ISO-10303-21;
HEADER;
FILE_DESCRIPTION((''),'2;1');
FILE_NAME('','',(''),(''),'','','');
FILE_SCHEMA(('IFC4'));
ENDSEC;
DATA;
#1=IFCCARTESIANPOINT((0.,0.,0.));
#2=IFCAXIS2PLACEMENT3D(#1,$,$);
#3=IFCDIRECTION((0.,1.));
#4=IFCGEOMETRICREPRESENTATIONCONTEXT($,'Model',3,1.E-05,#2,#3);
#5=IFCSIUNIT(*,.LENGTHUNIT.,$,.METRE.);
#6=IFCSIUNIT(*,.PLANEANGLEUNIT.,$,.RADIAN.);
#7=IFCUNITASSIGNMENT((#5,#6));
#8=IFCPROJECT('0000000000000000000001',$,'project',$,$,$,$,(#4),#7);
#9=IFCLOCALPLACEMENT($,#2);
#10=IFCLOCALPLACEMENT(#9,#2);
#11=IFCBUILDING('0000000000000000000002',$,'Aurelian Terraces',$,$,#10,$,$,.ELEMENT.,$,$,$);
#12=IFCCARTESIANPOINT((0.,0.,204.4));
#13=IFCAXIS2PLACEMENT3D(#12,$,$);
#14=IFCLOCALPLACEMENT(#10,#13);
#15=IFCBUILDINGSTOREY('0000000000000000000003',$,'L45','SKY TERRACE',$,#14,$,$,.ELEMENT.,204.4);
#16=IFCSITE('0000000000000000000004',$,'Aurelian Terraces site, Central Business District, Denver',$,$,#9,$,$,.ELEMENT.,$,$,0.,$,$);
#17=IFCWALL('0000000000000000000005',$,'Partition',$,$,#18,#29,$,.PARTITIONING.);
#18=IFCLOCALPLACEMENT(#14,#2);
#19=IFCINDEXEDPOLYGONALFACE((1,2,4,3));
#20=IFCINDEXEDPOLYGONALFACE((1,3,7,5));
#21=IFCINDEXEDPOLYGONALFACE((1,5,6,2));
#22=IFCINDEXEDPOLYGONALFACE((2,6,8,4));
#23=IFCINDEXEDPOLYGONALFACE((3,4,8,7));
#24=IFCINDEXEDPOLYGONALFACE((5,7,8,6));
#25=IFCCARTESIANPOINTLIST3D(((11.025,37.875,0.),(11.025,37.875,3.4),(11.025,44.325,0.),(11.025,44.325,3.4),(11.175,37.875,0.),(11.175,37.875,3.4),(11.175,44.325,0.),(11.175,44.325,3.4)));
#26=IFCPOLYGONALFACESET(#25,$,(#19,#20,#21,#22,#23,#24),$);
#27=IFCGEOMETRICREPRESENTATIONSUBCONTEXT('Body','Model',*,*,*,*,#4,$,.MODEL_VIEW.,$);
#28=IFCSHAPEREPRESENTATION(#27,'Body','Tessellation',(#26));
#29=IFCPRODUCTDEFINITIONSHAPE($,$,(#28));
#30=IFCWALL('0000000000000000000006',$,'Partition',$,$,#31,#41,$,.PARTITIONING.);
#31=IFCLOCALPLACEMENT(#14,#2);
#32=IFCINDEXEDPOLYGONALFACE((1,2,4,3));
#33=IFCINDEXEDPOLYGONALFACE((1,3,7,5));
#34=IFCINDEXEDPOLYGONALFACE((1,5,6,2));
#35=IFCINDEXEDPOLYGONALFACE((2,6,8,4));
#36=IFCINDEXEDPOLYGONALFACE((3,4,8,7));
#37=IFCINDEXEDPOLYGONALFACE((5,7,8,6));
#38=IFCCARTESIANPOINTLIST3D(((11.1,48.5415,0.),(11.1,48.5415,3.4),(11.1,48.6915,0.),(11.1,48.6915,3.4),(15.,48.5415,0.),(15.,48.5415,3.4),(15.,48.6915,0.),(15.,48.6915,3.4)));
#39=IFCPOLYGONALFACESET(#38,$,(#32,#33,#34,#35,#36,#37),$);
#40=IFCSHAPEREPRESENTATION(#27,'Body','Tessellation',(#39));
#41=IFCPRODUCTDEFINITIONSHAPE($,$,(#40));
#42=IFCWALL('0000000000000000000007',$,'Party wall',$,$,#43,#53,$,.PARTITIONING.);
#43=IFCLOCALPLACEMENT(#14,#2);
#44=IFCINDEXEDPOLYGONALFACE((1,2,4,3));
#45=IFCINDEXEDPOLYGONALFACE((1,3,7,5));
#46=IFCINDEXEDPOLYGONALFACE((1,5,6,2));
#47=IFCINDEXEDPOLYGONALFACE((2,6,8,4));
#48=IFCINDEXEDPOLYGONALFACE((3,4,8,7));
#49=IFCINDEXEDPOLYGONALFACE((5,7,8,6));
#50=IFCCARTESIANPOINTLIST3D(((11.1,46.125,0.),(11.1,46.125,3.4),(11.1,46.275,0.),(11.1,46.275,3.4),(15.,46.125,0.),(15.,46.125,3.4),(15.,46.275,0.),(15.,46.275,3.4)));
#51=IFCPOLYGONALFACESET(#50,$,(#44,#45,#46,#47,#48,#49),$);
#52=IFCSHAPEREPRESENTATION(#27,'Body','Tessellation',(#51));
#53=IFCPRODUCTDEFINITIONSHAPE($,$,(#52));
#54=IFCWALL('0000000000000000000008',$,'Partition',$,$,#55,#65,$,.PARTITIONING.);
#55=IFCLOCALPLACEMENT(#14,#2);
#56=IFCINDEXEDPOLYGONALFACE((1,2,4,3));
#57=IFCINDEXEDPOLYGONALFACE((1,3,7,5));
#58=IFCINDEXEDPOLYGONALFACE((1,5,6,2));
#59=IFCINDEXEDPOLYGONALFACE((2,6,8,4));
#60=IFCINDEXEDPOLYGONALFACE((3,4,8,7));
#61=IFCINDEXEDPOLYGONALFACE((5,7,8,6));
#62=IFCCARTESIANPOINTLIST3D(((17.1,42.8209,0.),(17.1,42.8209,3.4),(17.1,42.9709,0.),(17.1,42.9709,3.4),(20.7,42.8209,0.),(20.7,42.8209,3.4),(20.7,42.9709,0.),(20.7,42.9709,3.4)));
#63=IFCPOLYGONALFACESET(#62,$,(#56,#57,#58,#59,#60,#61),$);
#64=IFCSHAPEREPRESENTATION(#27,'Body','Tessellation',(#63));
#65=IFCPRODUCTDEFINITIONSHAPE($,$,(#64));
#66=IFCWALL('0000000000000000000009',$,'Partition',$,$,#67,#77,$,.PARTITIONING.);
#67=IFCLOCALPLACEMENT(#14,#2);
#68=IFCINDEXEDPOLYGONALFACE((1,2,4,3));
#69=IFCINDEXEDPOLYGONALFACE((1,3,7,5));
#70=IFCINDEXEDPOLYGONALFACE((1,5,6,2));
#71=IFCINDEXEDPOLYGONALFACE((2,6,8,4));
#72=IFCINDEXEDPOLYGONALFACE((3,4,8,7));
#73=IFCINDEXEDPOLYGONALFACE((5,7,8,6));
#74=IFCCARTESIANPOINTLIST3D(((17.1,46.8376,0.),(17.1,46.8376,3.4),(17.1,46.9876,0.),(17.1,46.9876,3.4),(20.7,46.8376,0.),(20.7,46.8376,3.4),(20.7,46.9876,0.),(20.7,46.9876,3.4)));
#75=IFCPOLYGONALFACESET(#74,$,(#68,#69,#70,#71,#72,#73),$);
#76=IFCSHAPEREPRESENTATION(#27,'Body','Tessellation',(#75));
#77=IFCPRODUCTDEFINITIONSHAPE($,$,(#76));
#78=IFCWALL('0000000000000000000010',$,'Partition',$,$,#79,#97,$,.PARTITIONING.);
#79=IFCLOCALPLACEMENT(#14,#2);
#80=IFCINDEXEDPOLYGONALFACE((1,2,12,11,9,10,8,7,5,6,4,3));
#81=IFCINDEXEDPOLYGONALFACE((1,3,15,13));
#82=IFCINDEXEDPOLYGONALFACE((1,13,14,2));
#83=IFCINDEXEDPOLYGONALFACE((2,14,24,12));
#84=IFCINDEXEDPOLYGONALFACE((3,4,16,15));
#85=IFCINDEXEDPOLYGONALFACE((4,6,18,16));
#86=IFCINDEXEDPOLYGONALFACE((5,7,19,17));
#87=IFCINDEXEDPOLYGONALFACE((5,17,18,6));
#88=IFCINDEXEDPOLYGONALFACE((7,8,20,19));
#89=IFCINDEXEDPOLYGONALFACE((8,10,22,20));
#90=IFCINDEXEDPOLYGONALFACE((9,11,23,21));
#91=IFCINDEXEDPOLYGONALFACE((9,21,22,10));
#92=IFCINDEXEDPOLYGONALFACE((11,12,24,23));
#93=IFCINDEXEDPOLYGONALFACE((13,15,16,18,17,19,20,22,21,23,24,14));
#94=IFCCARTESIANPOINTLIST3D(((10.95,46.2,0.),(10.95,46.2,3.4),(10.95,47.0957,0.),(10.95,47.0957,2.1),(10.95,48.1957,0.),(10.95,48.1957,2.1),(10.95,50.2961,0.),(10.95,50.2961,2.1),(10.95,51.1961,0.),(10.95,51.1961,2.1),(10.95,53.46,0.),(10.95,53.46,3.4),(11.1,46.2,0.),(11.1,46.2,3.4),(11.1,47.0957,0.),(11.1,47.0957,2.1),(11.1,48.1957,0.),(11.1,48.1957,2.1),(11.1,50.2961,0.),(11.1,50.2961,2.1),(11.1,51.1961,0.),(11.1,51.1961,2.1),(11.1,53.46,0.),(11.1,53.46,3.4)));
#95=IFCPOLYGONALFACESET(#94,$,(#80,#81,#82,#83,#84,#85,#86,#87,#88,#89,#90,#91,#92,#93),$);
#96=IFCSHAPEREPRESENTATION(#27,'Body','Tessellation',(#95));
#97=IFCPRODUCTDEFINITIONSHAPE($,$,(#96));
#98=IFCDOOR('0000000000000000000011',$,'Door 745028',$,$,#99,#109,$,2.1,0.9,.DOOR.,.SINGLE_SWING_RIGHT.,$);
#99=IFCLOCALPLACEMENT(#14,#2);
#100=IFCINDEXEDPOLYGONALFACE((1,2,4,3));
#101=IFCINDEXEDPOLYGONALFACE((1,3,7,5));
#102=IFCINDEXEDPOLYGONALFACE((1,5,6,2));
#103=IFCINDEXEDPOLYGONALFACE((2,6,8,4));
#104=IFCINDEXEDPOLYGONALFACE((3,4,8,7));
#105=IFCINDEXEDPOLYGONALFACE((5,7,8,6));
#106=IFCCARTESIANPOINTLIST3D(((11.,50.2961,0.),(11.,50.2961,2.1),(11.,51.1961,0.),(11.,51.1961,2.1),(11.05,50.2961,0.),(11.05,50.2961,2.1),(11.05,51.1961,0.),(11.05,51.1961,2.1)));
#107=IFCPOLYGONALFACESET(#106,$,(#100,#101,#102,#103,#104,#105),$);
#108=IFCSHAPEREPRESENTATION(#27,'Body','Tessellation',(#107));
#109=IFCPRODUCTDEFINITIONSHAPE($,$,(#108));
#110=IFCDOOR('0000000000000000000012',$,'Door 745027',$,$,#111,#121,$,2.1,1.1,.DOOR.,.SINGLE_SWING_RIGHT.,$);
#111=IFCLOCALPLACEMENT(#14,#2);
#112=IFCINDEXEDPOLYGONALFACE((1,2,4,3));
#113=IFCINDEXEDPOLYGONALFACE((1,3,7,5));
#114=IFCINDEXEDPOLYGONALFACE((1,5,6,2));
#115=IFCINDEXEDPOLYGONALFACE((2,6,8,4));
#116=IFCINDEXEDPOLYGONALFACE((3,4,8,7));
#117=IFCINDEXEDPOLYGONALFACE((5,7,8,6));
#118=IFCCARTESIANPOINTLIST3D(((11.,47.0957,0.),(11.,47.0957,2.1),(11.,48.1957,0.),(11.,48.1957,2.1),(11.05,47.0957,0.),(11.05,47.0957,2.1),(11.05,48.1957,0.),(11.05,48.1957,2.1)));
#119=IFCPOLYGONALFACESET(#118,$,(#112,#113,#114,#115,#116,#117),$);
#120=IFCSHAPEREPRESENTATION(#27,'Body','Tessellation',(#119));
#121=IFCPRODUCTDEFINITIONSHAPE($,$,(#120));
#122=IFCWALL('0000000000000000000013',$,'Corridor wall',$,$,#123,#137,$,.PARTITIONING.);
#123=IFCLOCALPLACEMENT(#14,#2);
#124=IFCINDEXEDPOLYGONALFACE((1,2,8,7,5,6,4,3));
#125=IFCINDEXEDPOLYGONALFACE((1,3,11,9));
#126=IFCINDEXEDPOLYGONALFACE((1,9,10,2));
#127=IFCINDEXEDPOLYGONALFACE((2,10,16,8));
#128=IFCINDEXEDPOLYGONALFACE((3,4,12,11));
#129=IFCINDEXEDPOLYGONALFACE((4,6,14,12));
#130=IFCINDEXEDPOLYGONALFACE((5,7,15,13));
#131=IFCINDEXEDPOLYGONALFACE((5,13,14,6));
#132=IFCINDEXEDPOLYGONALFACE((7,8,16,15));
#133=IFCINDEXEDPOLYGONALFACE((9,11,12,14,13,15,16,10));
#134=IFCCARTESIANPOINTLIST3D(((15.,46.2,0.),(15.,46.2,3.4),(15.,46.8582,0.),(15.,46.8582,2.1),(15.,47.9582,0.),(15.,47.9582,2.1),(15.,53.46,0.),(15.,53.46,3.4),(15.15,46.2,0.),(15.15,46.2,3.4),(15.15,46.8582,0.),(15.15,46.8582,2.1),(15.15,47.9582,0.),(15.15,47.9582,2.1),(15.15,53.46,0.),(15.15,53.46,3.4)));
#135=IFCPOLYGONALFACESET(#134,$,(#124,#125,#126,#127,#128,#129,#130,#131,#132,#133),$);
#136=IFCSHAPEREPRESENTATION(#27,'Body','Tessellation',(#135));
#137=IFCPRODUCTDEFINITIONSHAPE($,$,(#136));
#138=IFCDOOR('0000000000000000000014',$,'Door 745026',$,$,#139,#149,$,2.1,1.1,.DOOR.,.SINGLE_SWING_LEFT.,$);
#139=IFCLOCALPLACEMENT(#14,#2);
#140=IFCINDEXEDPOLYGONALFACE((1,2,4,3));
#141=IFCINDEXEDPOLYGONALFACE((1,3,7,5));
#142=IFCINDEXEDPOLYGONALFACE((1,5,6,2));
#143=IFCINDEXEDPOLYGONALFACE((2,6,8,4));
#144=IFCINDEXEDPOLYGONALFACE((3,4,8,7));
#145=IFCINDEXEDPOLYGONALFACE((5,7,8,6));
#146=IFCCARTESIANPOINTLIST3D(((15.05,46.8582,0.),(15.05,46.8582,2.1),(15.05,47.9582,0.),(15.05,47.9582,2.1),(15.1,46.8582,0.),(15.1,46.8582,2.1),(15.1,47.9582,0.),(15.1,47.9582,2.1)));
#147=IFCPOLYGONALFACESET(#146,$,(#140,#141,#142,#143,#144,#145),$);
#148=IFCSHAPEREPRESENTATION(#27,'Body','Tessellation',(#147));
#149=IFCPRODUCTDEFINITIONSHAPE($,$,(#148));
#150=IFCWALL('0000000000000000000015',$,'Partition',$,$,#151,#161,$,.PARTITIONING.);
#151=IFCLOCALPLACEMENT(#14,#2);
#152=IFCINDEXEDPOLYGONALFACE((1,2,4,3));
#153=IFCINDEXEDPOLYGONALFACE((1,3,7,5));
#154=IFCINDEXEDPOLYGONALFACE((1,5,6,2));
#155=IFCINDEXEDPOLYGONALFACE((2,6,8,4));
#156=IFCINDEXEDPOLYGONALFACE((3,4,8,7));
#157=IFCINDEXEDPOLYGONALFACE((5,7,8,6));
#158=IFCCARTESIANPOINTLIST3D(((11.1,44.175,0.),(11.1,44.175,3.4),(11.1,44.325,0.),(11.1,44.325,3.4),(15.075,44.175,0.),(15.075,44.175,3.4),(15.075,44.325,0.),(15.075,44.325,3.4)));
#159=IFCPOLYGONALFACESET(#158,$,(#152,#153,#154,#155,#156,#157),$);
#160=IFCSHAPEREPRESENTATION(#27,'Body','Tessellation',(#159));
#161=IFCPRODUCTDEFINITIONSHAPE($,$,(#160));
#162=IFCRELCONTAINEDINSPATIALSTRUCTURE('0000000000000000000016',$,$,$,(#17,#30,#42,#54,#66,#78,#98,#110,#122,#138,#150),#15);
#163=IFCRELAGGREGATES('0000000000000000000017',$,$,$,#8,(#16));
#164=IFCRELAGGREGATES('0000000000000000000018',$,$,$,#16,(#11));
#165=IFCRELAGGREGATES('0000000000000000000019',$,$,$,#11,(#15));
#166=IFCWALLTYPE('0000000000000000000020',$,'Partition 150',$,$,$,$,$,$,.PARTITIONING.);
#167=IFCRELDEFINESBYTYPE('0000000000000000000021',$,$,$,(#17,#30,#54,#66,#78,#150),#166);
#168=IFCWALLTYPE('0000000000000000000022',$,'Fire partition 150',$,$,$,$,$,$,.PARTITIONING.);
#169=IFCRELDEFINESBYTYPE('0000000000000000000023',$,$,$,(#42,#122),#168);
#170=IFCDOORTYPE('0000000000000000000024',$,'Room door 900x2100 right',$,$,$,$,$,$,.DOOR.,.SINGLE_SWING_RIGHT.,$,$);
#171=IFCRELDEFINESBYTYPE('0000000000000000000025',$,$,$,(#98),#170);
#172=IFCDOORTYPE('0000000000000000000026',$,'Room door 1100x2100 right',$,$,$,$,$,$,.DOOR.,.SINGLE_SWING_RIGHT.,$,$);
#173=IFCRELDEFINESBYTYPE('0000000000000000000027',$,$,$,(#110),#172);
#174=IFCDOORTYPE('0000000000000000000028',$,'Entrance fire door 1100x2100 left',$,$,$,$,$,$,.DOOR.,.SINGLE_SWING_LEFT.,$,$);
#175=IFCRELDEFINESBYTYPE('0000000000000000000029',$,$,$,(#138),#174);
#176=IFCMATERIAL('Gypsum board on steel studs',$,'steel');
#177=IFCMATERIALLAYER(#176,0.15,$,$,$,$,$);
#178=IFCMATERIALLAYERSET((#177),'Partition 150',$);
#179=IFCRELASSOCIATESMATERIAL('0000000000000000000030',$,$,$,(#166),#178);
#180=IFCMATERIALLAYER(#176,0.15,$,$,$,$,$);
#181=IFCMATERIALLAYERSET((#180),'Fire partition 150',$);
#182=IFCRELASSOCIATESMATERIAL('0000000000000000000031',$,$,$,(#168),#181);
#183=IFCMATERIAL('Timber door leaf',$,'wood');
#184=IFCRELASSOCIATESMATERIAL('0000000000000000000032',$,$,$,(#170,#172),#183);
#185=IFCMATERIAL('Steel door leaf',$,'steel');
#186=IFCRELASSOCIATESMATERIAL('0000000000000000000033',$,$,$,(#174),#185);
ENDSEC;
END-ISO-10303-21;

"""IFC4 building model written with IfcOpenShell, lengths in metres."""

from ifc_helpers import new_model, si_unit, direction, frame, frame_2d, origin, place, context, subcontext, project, spatial, rectangle, extrude, source, transform, mapped, material, layer, layer_set, type_object, element, fill, save


model = new_model("IFC4")

# Units and contexts
model_context = context("Model", 3, precision=1e-05, world=origin(), true_north=direction((0.0, 1.0)))
body_context = subcontext(model_context, "Body", "Model", "MODEL_VIEW")
ifc_project = project(units=[si_unit("LENGTHUNIT", "METRE"), si_unit("PLANEANGLEUNIT", "RADIAN")], contexts=[model_context])

# Site, building, storey
site_placement = place(None, origin())
site = spatial("IfcSite", under=ifc_project, at=site_placement, Name="Aurelian Terraces site, Central Business District, Denver", CompositionType="ELEMENT", RefElevation=0.0)
building_placement = place(site_placement, origin())
building = spatial("IfcBuilding", under=site, at=building_placement, Name="Aurelian Terraces", CompositionType="ELEMENT")
storey_placement = place(building_placement, frame((0.0, 0.0, 204.4)))
storey = spatial("IfcBuildingStorey", under=building, at=storey_placement, Name="L45", Description="SKY TERRACE", CompositionType="ELEMENT", Elevation=204.4)

# Walls
ifc_material_1 = material(Name="Gypsum board on steel studs", Category="steel")
ifc_layer_1 = layer(ifc_material_1, 0.15)
ifc_layer_set_1 = layer_set([ifc_layer_1], Name="Partition 150")
wall_type_1 = type_object("IfcWallType", Name="Partition 150", PredefinedType="PARTITIONING", material=ifc_layer_set_1)
shared_shape_1 = source(origin(), body_context, "Body", "SweptSolid", [
    extrude(rectangle(XDim=6.45, YDim=0.15, at=frame_2d((3.225, 0.0))), origin(), (0.0, 0.0, 1.0), 3.4),
])
wall_1_placement = place(storey_placement, frame((11.1, 44.325, 0.0), z_axis=(0.0, 0.0, 1.0), x_axis=(0.0, -1.0, 0.0)))
element("IfcWall", 1, at=wall_1_placement, inside=storey, type_object=wall_type_1, Name="Partition", PredefinedType="PARTITIONING", context=body_context, shape_type="MappedRepresentation", body=[
    mapped(shared_shape_1, transform((0.0, 0.0, 0.0), scale=1.0)),
])
shared_shape_2 = source(origin(), body_context, "Body", "SweptSolid", [
    extrude(rectangle(XDim=3.9, YDim=0.15, at=frame_2d((1.95, 0.0))), origin(), (0.0, 0.0, 1.0), 3.4),
])
wall_2_placement = place(storey_placement, frame((15.0, 48.6165, 0.0), z_axis=(0.0, 0.0, 1.0), x_axis=(-1.0, 0.0, 0.0)))
element("IfcWall", 2, at=wall_2_placement, inside=storey, type_object=wall_type_1, Name="Partition", PredefinedType="PARTITIONING", context=body_context, shape_type="MappedRepresentation", body=[
    mapped(shared_shape_2, transform((0.0, 0.0, 0.0), scale=1.0)),
])
ifc_layer_2 = layer(ifc_material_1, 0.15)
ifc_layer_set_2 = layer_set([ifc_layer_2], Name="Fire partition 150")
wall_type_2 = type_object("IfcWallType", Name="Fire partition 150", PredefinedType="PARTITIONING", material=ifc_layer_set_2)
wall_3_placement = place(storey_placement, frame((15.0, 46.2, 0.0), z_axis=(0.0, 0.0, 1.0), x_axis=(-1.0, 0.0, 0.0)))
element("IfcWall", 3, at=wall_3_placement, inside=storey, type_object=wall_type_2, Name="Party wall", PredefinedType="PARTITIONING", context=body_context, shape_type="MappedRepresentation", body=[
    mapped(shared_shape_2, transform((0.0, 0.0, 0.0), scale=1.0)),
])
shared_shape_3 = source(origin(), body_context, "Body", "SweptSolid", [
    extrude(rectangle(XDim=3.6, YDim=0.15, at=frame_2d((1.8, 0.0))), origin(), (0.0, 0.0, 1.0), 3.4),
])
for number, where, z_axis, x_axis, name in (
    (4, (17.1, 42.8959, 0.0), (0.0, 0.0, 1.0), (1.0, 0.0, 0.0), "Partition"),
    (5, (17.1, 46.9126, 0.0), (0.0, 0.0, 1.0), (1.0, 0.0, 0.0), "Partition"),
):
    element("IfcWall", number, at=place(storey_placement, frame(where, z_axis=z_axis, x_axis=x_axis)), inside=storey, type_object=wall_type_1, Name=name, PredefinedType="PARTITIONING", context=body_context, shape_type="MappedRepresentation", body=[
        mapped(shared_shape_3, transform((0.0, 0.0, 0.0), scale=1.0)),
    ])

# Wall, openings, doors
shared_shape_4 = source(origin(), body_context, "Body", "SweptSolid", [
    extrude(rectangle(XDim=7.26, YDim=0.15, at=frame_2d((3.63, 0.0))), origin(), (0.0, 0.0, 1.0), 3.4),
])
wall_4_placement = place(storey_placement, frame((11.025, 46.2, 0.0), z_axis=(0.0, 0.0, 1.0), x_axis=(0.0, 1.0, 0.0)))
wall_4 = element("IfcWall", 6, at=wall_4_placement, inside=storey, type_object=wall_type_1, Name="Partition", PredefinedType="PARTITIONING", context=body_context, shape_type="MappedRepresentation", body=[
    mapped(shared_shape_4, transform((0.0, 0.0, 0.0), scale=1.0)),
])
shared_shape_5 = source(origin(), body_context, "Body", "SweptSolid", [
    extrude(rectangle(XDim=1.1, YDim=2.1, at=frame_2d((0.55, 1.05))), frame((0.0, 0.085, 0.0), z_axis=(0.0, -1.0, 0.0), x_axis=(1.0, 0.0, 0.0)), (0.0, 0.0, 1.0), 0.17),
])
opening_1_placement = place(wall_4_placement, frame((0.8957, 0.0, 0.0)))
opening_1 = element("IfcOpeningElement", 7, at=opening_1_placement, cuts=wall_4, PredefinedType="OPENING", context=body_context, shape_type="MappedRepresentation", body=[
    mapped(shared_shape_5, transform((0.0, 0.0, 0.0), scale=1.0)),
])
shared_shape_6 = source(origin(), body_context, "Body", "SweptSolid", [
    extrude(rectangle(XDim=0.9, YDim=2.1, at=frame_2d((0.45, 1.05))), frame((0.0, 0.085, 0.0), z_axis=(0.0, -1.0, 0.0), x_axis=(1.0, 0.0, 0.0)), (0.0, 0.0, 1.0), 0.17),
])
opening_2_placement = place(wall_4_placement, frame((4.0961, 0.0, 0.0)))
opening_2 = element("IfcOpeningElement", 8, at=opening_2_placement, cuts=wall_4, PredefinedType="OPENING", context=body_context, shape_type="MappedRepresentation", body=[
    mapped(shared_shape_6, transform((0.0, 0.0, 0.0), scale=1.0)),
])
ifc_material_2 = material(Name="Timber door leaf", Category="wood")
door_type_1 = type_object("IfcDoorType", Name="Room door 900x2100 right", OperationType="SINGLE_SWING_RIGHT", PredefinedType="DOOR", material=ifc_material_2)
shared_shape_7 = source(origin(), body_context, "Body", "SweptSolid", [
    extrude(rectangle(XDim=0.9, YDim=2.1, at=frame_2d((0.45, 1.05))), frame((0.0, 0.025, 0.0), z_axis=(0.0, -1.0, 0.0), x_axis=(1.0, 0.0, 0.0)), (0.0, 0.0, 1.0), 0.05),
])
door_1_placement = place(opening_2_placement, origin())
door_1 = element("IfcDoor", 9, at=door_1_placement, inside=storey, type_object=door_type_1, Name="Door 745028", OperationType="SINGLE_SWING_RIGHT", OverallHeight=2.1, OverallWidth=0.9, PredefinedType="DOOR", context=body_context, shape_type="MappedRepresentation", body=[
    mapped(shared_shape_7, transform((0.0, 0.0, 0.0), scale=1.0)),
])
fill(opening_2, door_1)
door_type_2 = type_object("IfcDoorType", Name="Room door 1100x2100 right", OperationType="SINGLE_SWING_RIGHT", PredefinedType="DOOR", material=ifc_material_2)
shared_shape_8 = source(origin(), body_context, "Body", "SweptSolid", [
    extrude(rectangle(XDim=1.1, YDim=2.1, at=frame_2d((0.55, 1.05))), frame((0.0, 0.025, 0.0), z_axis=(0.0, -1.0, 0.0), x_axis=(1.0, 0.0, 0.0)), (0.0, 0.0, 1.0), 0.05),
])
door_2_placement = place(opening_1_placement, origin())
door_2 = element("IfcDoor", 10, at=door_2_placement, inside=storey, type_object=door_type_2, Name="Door 745027", OperationType="SINGLE_SWING_RIGHT", OverallHeight=2.1, OverallWidth=1.1, PredefinedType="DOOR", context=body_context, shape_type="MappedRepresentation", body=[
    mapped(shared_shape_8, transform((0.0, 0.0, 0.0), scale=1.0)),
])
fill(opening_1, door_2)

# Wall, opening, door
wall_5_placement = place(storey_placement, frame((15.075, 46.2, 0.0), z_axis=(0.0, 0.0, 1.0), x_axis=(0.0, 1.0, 0.0)))
wall_5 = element("IfcWall", 11, at=wall_5_placement, inside=storey, type_object=wall_type_2, Name="Corridor wall", PredefinedType="PARTITIONING", context=body_context, shape_type="MappedRepresentation", body=[
    mapped(shared_shape_4, transform((0.0, 0.0, 0.0), scale=1.0)),
])
opening_3_placement = place(wall_5_placement, frame((0.6582, 0.0, 0.0)))
opening_3 = element("IfcOpeningElement", 12, at=opening_3_placement, cuts=wall_5, PredefinedType="OPENING", context=body_context, shape_type="MappedRepresentation", body=[
    mapped(shared_shape_5, transform((0.0, 0.0, 0.0), scale=1.0)),
])
ifc_material_3 = material(Name="Steel door leaf", Category="steel")
door_type_3 = type_object("IfcDoorType", Name="Entrance fire door 1100x2100 left", OperationType="SINGLE_SWING_LEFT", PredefinedType="DOOR", material=ifc_material_3)
door_3_placement = place(opening_3_placement, origin())
door_3 = element("IfcDoor", 13, at=door_3_placement, inside=storey, type_object=door_type_3, Name="Door 745026", OperationType="SINGLE_SWING_LEFT", OverallHeight=2.1, OverallWidth=1.1, PredefinedType="DOOR", context=body_context, shape_type="MappedRepresentation", body=[
    mapped(shared_shape_8, transform((0.0, 0.0, 0.0), scale=1.0)),
])
fill(opening_3, door_3)

# Wall
shared_shape_9 = source(origin(), body_context, "Body", "SweptSolid", [
    extrude(rectangle(XDim=3.975, YDim=0.15, at=frame_2d((1.9875, 0.0))), origin(), (0.0, 0.0, 1.0), 3.4),
])
wall_6_placement = place(storey_placement, frame((15.075, 44.25, 0.0), z_axis=(0.0, 0.0, 1.0), x_axis=(-1.0, 0.0, 0.0)))
element("IfcWall", 14, at=wall_6_placement, inside=storey, type_object=wall_type_1, Name="Partition", PredefinedType="PARTITIONING", context=body_context, shape_type="MappedRepresentation", body=[
    mapped(shared_shape_9, transform((0.0, 0.0, 0.0), scale=1.0)),
])

save(model, "model.ifc")
